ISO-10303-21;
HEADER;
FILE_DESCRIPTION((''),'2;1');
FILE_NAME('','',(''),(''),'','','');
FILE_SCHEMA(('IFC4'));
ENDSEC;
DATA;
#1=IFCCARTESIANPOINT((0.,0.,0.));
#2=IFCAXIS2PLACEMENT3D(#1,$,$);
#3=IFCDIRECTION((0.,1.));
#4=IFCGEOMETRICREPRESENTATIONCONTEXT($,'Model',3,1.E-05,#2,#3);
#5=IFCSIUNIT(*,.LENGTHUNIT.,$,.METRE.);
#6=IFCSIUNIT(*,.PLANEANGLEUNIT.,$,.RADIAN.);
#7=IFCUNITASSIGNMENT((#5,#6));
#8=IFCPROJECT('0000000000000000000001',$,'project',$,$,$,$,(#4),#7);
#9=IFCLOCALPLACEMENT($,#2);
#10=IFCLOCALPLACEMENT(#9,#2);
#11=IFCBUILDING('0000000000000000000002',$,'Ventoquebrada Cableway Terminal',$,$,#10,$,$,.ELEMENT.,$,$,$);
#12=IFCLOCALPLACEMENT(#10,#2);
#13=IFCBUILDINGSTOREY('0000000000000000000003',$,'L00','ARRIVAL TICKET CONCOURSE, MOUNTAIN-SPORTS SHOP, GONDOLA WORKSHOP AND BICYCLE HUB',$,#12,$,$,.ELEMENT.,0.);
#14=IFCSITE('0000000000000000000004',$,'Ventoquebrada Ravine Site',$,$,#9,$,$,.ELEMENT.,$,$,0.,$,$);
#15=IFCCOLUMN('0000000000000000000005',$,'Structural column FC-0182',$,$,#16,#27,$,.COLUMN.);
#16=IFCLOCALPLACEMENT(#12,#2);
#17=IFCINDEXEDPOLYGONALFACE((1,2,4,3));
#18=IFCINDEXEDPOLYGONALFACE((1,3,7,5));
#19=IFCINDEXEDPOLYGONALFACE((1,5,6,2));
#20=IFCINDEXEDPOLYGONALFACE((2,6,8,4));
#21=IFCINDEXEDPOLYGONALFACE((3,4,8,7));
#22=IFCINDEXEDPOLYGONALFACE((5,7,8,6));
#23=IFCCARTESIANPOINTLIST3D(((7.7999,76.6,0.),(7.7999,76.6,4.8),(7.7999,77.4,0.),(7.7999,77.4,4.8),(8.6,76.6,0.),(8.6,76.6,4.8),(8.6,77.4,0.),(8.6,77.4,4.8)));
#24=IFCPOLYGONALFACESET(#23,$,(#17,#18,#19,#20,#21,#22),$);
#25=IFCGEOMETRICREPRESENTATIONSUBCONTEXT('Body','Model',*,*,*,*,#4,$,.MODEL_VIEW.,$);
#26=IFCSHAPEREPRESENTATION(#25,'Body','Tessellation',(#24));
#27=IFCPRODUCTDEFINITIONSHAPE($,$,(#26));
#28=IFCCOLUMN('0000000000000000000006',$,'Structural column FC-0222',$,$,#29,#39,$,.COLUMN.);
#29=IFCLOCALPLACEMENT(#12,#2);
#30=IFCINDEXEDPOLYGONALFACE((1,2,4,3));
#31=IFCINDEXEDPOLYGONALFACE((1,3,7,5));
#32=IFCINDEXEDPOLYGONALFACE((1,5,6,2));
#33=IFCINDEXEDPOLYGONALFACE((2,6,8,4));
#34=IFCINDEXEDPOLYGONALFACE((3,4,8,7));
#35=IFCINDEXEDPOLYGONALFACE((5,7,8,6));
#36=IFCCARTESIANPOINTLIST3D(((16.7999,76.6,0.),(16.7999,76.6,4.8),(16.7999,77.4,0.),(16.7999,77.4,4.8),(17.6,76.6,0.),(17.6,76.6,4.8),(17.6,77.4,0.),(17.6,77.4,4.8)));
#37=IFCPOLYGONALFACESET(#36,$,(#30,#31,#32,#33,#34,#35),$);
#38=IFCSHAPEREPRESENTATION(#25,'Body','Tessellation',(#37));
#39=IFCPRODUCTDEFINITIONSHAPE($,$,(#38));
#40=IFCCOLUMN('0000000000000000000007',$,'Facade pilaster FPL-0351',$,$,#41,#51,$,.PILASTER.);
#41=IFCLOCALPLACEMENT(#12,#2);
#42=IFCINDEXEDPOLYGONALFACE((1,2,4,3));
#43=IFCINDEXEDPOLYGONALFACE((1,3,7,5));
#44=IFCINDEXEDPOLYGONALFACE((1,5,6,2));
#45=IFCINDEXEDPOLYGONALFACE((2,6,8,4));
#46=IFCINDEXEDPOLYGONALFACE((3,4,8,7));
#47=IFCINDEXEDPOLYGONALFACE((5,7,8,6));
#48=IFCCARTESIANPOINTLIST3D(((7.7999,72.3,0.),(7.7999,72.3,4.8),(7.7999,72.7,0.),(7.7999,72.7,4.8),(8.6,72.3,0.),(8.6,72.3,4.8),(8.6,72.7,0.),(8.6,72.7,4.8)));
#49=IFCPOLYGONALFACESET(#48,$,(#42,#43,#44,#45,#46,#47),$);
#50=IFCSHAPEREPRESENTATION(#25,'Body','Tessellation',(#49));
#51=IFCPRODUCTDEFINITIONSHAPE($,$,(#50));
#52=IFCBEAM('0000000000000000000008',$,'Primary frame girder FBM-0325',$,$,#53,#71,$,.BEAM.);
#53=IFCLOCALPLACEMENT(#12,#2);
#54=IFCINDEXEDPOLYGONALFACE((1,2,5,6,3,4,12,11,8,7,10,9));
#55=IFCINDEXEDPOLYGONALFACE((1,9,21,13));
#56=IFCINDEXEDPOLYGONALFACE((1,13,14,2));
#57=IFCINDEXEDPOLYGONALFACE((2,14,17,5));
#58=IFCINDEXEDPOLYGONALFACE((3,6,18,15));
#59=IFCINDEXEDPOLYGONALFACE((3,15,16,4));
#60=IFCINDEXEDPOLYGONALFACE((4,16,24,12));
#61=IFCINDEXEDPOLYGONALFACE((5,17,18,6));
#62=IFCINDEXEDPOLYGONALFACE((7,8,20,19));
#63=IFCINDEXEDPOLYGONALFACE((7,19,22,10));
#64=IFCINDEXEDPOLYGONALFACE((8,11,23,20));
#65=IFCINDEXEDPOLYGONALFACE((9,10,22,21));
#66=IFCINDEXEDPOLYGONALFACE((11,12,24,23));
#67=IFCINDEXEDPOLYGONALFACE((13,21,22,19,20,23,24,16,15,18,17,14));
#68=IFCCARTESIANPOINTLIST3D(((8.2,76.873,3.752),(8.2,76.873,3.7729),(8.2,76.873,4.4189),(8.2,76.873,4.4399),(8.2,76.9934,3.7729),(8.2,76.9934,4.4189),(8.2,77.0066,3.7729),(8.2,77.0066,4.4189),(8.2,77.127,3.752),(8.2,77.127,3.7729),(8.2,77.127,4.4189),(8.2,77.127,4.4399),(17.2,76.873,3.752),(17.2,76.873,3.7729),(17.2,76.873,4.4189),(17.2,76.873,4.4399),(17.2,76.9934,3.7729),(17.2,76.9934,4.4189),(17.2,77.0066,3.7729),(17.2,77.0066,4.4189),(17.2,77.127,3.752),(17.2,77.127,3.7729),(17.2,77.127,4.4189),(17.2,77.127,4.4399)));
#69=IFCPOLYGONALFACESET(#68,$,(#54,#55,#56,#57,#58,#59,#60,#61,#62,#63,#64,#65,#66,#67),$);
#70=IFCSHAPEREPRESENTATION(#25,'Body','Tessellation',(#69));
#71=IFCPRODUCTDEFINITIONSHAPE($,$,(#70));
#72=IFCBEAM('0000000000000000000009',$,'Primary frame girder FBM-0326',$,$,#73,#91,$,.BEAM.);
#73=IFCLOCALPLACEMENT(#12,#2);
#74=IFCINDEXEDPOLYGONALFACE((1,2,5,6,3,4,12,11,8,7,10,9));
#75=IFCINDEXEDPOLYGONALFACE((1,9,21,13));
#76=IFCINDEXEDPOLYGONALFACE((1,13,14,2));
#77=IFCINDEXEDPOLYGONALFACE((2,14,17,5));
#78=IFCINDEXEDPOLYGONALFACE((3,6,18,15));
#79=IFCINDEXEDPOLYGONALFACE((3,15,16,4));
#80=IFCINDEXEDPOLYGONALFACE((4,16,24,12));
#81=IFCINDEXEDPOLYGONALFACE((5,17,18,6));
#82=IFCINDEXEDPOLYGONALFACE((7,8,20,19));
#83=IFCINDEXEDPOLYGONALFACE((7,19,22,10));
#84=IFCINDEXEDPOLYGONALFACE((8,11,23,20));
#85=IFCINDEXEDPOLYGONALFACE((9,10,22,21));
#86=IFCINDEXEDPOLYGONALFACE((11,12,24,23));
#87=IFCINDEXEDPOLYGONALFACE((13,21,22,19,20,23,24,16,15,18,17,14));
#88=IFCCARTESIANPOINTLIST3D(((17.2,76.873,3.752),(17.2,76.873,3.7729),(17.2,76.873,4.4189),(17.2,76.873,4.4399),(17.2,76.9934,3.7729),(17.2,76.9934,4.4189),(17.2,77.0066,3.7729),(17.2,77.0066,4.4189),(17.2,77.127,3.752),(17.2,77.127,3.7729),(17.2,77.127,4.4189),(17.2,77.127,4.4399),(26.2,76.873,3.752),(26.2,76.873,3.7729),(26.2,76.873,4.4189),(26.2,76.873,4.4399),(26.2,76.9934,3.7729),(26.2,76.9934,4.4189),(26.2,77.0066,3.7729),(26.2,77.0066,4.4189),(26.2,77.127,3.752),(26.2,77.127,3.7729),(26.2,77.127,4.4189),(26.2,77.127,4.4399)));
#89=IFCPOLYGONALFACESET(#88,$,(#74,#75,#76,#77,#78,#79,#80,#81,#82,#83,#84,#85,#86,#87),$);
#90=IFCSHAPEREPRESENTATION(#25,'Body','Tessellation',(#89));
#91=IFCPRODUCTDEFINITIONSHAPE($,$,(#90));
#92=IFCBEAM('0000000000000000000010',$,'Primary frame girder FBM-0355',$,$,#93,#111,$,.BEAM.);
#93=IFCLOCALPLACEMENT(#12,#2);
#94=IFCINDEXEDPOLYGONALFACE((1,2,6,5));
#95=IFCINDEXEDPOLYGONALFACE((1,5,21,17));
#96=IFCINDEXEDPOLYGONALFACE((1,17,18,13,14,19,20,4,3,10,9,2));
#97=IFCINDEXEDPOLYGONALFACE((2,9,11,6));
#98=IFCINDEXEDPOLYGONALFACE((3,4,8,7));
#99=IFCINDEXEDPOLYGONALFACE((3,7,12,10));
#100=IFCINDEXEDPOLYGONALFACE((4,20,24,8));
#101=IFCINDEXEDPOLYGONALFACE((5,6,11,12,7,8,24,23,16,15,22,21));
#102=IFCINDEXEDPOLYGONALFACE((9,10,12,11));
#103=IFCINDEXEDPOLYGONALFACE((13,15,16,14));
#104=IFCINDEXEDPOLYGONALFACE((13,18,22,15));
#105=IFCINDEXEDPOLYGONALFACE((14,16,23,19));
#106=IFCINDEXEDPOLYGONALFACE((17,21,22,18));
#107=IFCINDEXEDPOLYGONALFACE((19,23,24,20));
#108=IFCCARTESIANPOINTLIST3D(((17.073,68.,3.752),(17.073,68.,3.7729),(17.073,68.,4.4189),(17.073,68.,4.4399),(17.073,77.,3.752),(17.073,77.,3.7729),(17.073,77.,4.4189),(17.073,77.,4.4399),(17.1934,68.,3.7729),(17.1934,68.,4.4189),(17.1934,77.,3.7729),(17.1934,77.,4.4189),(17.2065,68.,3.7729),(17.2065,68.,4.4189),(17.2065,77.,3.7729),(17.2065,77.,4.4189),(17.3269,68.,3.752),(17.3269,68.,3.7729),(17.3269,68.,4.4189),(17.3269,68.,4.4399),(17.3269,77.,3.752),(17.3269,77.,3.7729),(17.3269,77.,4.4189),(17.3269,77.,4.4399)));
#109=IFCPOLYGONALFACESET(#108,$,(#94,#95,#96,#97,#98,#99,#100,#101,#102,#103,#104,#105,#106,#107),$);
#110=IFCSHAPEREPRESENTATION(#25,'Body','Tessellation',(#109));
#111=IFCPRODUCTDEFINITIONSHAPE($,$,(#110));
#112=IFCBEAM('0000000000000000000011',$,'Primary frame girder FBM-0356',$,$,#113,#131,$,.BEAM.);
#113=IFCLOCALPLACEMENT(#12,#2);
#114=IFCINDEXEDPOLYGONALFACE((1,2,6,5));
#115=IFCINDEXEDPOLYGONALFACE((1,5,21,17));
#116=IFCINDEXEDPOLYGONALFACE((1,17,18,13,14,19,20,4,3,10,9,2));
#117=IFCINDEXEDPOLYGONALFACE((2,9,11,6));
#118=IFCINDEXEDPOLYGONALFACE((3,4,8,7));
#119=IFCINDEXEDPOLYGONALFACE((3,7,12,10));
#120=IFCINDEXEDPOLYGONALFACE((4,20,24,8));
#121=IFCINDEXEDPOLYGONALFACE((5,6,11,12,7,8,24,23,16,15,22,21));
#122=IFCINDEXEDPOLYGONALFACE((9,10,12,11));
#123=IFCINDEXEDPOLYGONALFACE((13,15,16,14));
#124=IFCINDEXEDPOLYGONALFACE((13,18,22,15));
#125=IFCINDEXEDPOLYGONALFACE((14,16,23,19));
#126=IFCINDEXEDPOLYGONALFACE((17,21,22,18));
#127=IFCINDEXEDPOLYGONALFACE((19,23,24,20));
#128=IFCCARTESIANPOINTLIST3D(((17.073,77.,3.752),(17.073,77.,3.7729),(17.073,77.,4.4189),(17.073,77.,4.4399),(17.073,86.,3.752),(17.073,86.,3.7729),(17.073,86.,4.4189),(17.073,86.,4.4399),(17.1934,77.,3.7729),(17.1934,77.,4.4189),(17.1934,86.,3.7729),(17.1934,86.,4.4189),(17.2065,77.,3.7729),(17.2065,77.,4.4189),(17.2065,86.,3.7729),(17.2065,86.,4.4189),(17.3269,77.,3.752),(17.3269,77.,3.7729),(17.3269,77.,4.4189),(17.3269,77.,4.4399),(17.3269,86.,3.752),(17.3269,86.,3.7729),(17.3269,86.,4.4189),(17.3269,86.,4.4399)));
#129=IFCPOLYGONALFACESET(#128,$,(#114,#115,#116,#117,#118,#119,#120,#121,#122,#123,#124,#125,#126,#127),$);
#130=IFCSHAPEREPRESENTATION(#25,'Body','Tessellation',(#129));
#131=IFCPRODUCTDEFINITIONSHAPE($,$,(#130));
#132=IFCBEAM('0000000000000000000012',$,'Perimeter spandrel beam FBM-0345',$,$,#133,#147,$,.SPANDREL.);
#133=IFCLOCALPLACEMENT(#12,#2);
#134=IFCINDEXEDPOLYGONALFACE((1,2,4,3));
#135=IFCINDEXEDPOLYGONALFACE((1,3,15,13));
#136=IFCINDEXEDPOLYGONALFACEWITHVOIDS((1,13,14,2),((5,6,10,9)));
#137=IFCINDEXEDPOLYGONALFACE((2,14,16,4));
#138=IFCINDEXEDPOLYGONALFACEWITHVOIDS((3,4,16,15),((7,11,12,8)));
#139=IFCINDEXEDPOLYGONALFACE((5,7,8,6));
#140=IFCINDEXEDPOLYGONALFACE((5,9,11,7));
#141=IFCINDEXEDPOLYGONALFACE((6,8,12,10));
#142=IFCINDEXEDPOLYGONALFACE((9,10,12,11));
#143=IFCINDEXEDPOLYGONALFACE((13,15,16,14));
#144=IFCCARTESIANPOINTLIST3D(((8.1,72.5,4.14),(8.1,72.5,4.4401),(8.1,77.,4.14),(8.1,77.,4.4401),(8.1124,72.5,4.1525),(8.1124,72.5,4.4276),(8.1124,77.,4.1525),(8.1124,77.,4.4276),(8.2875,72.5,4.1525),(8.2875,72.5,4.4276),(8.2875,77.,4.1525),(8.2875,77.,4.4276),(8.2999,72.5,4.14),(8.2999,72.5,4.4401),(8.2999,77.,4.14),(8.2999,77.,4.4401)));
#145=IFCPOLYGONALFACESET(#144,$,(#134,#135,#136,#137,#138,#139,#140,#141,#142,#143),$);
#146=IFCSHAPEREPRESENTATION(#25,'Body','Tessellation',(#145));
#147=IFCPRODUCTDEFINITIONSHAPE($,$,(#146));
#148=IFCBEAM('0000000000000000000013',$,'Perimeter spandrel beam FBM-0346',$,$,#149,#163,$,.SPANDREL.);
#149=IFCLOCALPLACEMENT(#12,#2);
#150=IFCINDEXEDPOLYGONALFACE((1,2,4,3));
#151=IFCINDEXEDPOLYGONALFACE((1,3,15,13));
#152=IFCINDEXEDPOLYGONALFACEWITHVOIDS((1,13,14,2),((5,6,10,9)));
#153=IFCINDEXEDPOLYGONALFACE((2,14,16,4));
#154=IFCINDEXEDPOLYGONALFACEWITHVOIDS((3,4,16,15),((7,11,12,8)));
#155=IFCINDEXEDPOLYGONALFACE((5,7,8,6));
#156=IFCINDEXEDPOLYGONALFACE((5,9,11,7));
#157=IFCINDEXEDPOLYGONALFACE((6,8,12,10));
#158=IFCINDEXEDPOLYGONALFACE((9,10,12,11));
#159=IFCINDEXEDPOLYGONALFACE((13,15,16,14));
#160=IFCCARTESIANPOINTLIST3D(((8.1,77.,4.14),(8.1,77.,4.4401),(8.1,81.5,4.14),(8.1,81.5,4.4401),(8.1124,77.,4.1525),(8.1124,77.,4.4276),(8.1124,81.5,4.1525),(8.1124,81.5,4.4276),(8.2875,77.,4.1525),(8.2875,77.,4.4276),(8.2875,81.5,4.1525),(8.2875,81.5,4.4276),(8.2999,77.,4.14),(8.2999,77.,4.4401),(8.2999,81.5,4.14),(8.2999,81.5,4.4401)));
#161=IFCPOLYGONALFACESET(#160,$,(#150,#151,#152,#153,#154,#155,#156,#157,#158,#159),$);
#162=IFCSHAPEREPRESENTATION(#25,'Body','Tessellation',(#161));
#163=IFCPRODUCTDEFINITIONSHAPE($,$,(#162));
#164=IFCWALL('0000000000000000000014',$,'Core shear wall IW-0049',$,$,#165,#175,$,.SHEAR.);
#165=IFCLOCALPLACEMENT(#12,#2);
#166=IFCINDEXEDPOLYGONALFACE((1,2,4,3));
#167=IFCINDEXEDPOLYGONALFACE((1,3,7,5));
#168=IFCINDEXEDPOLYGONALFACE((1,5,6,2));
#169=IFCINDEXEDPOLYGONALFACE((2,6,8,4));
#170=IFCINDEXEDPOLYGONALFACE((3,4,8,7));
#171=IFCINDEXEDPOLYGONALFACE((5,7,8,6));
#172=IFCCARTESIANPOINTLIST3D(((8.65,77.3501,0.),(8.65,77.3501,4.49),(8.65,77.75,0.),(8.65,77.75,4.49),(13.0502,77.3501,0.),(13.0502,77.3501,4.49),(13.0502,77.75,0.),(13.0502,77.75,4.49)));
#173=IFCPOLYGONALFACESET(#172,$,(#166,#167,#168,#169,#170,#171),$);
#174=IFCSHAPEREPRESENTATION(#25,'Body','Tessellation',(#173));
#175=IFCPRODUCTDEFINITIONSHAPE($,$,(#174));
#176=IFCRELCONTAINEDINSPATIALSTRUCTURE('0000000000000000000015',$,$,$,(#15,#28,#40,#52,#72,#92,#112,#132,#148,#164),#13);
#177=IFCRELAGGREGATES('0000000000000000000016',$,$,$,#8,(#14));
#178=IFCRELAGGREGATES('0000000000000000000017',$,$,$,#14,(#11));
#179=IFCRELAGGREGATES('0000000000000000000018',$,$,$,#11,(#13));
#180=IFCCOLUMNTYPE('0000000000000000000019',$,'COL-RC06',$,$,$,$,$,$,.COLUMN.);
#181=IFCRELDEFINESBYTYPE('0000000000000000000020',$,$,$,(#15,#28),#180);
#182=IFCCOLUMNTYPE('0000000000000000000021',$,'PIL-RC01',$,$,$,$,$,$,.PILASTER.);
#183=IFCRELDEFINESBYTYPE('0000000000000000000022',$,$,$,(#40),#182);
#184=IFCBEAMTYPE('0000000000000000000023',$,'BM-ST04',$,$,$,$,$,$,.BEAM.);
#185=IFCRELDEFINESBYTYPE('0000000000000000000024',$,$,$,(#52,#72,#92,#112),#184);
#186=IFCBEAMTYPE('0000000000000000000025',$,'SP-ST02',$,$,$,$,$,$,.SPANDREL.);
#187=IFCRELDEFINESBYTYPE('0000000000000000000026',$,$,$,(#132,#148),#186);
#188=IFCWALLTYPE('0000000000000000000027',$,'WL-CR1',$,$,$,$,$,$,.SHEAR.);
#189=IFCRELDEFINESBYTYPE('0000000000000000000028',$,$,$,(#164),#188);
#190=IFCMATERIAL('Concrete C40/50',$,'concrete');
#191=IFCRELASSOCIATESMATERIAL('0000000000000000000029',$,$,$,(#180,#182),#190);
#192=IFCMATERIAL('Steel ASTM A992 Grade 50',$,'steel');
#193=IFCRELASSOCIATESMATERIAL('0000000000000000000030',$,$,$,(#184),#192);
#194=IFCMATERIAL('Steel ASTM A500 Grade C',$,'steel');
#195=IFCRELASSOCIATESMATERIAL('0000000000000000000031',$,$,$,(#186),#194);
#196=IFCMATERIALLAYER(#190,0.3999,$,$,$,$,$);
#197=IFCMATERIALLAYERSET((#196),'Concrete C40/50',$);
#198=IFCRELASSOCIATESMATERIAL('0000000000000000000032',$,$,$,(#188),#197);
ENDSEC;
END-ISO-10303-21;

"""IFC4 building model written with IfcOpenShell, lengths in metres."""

from ifc_helpers import new_model, si_unit, direction, frame, frame_2d, origin, origin_2d, place, context, subcontext, project, spatial, rectangle, hollow_rectangle, i_section, extrude, material, layer, layer_set, material_profile, profile_set, type_object, element, save


model = new_model("IFC4")

# Units and contexts
model_context = context("Model", 3, precision=1e-05, world=origin(), true_north=direction((0.0, 1.0)))
body_context = subcontext(model_context, "Body", "Model", "MODEL_VIEW")
ifc_project = project(units=[si_unit("LENGTHUNIT", "METRE"), si_unit("PLANEANGLEUNIT", "RADIAN")], contexts=[model_context])

# Site, building, storey
site_placement = place(None, origin())
site = spatial("IfcSite", under=ifc_project, at=site_placement, Name="Ventoquebrada Ravine Site", CompositionType="ELEMENT", RefElevation=0.0)
building_placement = place(site_placement, origin())
building = spatial("IfcBuilding", under=site, at=building_placement, Name="Ventoquebrada Cableway Terminal", CompositionType="ELEMENT")
storey_placement = place(building_placement, origin())
storey = spatial("IfcBuildingStorey", under=building, at=storey_placement, Name="L00", Description="ARRIVAL TICKET CONCOURSE, MOUNTAIN-SPORTS SHOP, GONDOLA WORKSHOP AND BICYCLE HUB", CompositionType="ELEMENT", Elevation=0.0)

# Columns
ifc_material_1 = material(Name="Concrete C40/50", Category="concrete")
ifc_material_profile_1 = material_profile(ifc_material_1, rectangle(XDim=0.8, YDim=0.8, at=origin_2d()), Name="RC-COL-800X800")
ifc_profile_set_1 = profile_set([ifc_material_profile_1], Name="Concrete C40/50")
column_type_1 = type_object("IfcColumnType", Name="COL-RC06", PredefinedType="COLUMN", material=ifc_profile_set_1)
for number, where, z_axis, x_axis, name in (
    (1, (8.2, 77.0, 0.0), (0.0, 0.0, 1.0), (1.0, 0.0, 0.0), "Structural column FC-0182"),
    (2, (17.2, 77.0, 0.0), (0.0, 0.0, 1.0), (1.0, 0.0, 0.0), "Structural column FC-0222"),
):
    element("IfcColumn", number, at=place(storey_placement, frame(where, z_axis=z_axis, x_axis=x_axis)), inside=storey, type_object=column_type_1, Name=name, PredefinedType="COLUMN", context=body_context, shape_type="SweptSolid", body=[
        extrude(rectangle(XDim=0.8, YDim=0.8, at=origin_2d()), origin(), (0.0, 0.0, 1.0), 4.8),
    ])
ifc_material_profile_2 = material_profile(ifc_material_1, rectangle(XDim=0.3999, YDim=0.8, at=origin_2d()), Name="RC-PIL-400X800")
ifc_profile_set_2 = profile_set([ifc_material_profile_2], Name="Concrete C40/50")
column_type_2 = type_object("IfcColumnType", Name="PIL-RC01", PredefinedType="PILASTER", material=ifc_profile_set_2)
column_placement = place(storey_placement, frame((8.2, 72.5, 0.0), z_axis=(0.0, 0.0, 1.0), x_axis=(0.0, 1.0, 0.0)))
element("IfcColumn", 3, at=column_placement, inside=storey, type_object=column_type_2, Name="Facade pilaster FPL-0351", PredefinedType="PILASTER", context=body_context, shape_type="SweptSolid", body=[
    extrude(rectangle(XDim=0.3999, YDim=0.8, at=origin_2d()), origin(), (0.0, 0.0, 1.0), 4.8),
])

# Beams
ifc_material_2 = material(Name="Steel ASTM A992 Grade 50", Category="steel")
ifc_material_profile_3 = material_profile(ifc_material_2, i_section(OverallWidth=0.2539, OverallDepth=0.688, WebThickness=0.0132, FlangeThickness=0.021, at=origin_2d()), Name="W27X102")
ifc_profile_set_3 = profile_set([ifc_material_profile_3], Name="Steel ASTM A992 Grade 50")
beam_type_1 = type_object("IfcBeamType", Name="BM-ST04", PredefinedType="BEAM", material=ifc_profile_set_3)
for number, where, z_axis, x_axis, name in (
    (4, (8.2, 77.0, 4.0959), (1.0, 0.0, 0.0), (0.0, 1.0, 0.0), "Primary frame girder FBM-0325"),
    (5, (17.2, 77.0, 4.0959), (1.0, 0.0, 0.0), (0.0, 1.0, 0.0), "Primary frame girder FBM-0326"),
    (6, (17.2, 68.0, 4.0959), (0.0, 1.0, 0.0), (-1.0, 0.0, 0.0), "Primary frame girder FBM-0355"),
    (7, (17.2, 77.0, 4.0959), (0.0, 1.0, 0.0), (-1.0, 0.0, 0.0), "Primary frame girder FBM-0356"),
):
    element("IfcBeam", number, at=place(storey_placement, frame(where, z_axis=z_axis, x_axis=x_axis)), inside=storey, type_object=beam_type_1, Name=name, PredefinedType="BEAM", context=body_context, shape_type="SweptSolid", body=[
        extrude(i_section(OverallWidth=0.2539, OverallDepth=0.688, WebThickness=0.0132, FlangeThickness=0.021, at=origin_2d()), origin(), (0.0, 0.0, 1.0), 9.0),
    ])
ifc_material_3 = material(Name="Steel ASTM A500 Grade C", Category="steel")
ifc_material_profile_4 = material_profile(ifc_material_3, hollow_rectangle(XDim=0.2, YDim=0.3, WallThickness=0.0125, at=origin_2d()), Name="RHS300X200X12.5")
ifc_profile_set_4 = profile_set([ifc_material_profile_4], Name="Steel ASTM A500 Grade C")
beam_type_2 = type_object("IfcBeamType", Name="SP-ST02", PredefinedType="SPANDREL", material=ifc_profile_set_4)
for number, where, z_axis, x_axis, name in (
    (8, (8.2, 72.5, 4.29), (0.0, 1.0, 0.0), (-1.0, 0.0, 0.0), "Perimeter spandrel beam FBM-0345"),
    (9, (8.2, 77.0, 4.29), (0.0, 1.0, 0.0), (-1.0, 0.0, 0.0), "Perimeter spandrel beam FBM-0346"),
):
    element("IfcBeam", number, at=place(storey_placement, frame(where, z_axis=z_axis, x_axis=x_axis)), inside=storey, type_object=beam_type_2, Name=name, PredefinedType="SPANDREL", context=body_context, shape_type="SweptSolid", body=[
        extrude(hollow_rectangle(XDim=0.2, YDim=0.3, WallThickness=0.0125, at=origin_2d()), origin(), (0.0, 0.0, 1.0), 4.5),
    ])

# Wall
ifc_layer_1 = layer(ifc_material_1, 0.3999)
ifc_layer_set_1 = layer_set([ifc_layer_1], Name="Concrete C40/50")
wall_type_1 = type_object("IfcWallType", Name="WL-CR1", PredefinedType="SHEAR", material=ifc_layer_set_1)
wall_1_placement = place(storey_placement, frame((8.6499, 77.55, 0.0), z_axis=(0.0, 0.0, 1.0), x_axis=(1.0, 0.0, 0.0)))
element("IfcWall", 10, at=wall_1_placement, inside=storey, type_object=wall_type_1, Name="Core shear wall IW-0049", PredefinedType="SHEAR", context=body_context, shape_type="SweptSolid", body=[
    extrude(rectangle(XDim=4.4001, YDim=0.3999, at=frame_2d((2.2002, 0.0))), origin(), (0.0, 0.0, 1.0), 4.49),
])

save(model, "model.ifc")
